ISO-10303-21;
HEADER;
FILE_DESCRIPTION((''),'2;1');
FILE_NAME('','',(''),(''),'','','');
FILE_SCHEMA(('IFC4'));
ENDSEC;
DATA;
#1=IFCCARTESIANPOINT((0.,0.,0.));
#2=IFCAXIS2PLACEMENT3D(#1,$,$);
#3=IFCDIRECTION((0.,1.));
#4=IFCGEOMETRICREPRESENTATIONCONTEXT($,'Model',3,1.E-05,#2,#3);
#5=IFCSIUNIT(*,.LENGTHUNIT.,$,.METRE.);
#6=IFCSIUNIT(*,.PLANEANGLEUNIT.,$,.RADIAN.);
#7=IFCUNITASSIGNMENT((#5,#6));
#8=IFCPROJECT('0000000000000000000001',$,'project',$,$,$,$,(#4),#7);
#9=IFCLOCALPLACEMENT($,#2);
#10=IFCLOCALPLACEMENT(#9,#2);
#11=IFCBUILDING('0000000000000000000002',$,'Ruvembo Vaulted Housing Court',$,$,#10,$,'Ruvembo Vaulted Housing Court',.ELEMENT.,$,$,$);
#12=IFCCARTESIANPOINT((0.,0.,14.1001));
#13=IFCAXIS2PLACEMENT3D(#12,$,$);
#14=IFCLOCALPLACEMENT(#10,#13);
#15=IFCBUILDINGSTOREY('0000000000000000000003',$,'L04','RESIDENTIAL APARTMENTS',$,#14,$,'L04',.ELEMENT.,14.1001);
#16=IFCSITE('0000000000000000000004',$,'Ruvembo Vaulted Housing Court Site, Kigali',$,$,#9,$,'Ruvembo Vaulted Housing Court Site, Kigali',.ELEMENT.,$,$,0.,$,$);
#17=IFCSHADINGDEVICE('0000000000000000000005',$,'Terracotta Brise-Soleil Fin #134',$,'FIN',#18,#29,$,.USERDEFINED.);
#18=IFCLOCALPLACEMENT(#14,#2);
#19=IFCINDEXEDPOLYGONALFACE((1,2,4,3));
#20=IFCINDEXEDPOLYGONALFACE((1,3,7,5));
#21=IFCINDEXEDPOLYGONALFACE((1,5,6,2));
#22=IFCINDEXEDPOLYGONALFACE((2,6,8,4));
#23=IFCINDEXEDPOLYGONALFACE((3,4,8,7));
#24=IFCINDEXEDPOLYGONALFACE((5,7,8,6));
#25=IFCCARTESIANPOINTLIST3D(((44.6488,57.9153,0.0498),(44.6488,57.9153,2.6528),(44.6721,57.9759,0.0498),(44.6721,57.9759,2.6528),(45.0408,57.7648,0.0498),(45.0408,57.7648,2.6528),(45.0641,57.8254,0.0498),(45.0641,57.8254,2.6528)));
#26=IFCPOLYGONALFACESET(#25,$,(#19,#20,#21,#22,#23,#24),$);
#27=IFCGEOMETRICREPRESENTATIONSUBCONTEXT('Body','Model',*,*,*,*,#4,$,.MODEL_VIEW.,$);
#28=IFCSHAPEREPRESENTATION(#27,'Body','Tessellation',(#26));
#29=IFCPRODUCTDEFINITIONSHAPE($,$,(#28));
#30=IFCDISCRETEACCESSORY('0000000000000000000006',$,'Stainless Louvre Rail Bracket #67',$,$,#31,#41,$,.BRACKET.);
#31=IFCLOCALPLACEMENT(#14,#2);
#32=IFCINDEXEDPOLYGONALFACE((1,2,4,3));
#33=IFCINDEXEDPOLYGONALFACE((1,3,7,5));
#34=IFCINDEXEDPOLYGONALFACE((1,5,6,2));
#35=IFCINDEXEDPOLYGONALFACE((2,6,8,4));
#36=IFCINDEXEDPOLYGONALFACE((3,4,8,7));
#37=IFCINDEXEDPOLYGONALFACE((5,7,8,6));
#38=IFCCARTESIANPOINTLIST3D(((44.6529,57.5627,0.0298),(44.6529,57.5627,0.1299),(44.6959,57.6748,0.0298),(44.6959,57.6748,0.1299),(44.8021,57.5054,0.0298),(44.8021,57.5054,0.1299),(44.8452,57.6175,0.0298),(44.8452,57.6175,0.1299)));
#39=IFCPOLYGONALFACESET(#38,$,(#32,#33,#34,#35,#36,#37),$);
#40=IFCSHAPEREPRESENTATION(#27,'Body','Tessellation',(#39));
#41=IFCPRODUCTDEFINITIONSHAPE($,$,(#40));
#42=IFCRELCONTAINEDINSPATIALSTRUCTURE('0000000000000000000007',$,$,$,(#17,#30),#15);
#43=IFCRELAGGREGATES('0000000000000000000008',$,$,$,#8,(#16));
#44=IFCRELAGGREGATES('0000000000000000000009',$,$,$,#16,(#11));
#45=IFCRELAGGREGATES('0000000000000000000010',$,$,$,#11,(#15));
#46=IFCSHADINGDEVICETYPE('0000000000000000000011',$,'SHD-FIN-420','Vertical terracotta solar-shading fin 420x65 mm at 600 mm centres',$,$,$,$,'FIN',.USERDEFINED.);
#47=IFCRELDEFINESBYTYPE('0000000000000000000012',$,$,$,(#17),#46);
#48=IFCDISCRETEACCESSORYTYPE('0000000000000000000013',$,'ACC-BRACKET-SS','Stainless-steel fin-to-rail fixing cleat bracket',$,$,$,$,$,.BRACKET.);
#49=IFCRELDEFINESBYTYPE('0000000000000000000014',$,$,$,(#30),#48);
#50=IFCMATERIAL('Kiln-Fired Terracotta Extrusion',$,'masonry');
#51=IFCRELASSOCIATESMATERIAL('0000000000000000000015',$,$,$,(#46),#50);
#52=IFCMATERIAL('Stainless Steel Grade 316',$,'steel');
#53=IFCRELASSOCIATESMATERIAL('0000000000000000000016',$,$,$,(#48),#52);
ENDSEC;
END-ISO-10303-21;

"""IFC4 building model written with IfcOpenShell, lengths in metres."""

from ifc_helpers import new_model, si_unit, direction, frame, origin, origin_2d, place, context, subcontext, project, spatial, rectangle, extrude, material, type_object, element, save


model = new_model("IFC4")

# Units and contexts
model_context = context("Model", 3, precision=1e-05, world=origin(), true_north=direction((0.0, 1.0)))
body_context = subcontext(model_context, "Body", "Model", "MODEL_VIEW")
ifc_project = project(units=[si_unit("LENGTHUNIT", "METRE"), si_unit("PLANEANGLEUNIT", "RADIAN")], contexts=[model_context])

# Site, building, storey
site_placement = place(None, origin())
site = spatial("IfcSite", under=ifc_project, at=site_placement, Name="Ruvembo Vaulted Housing Court Site, Kigali", LongName="Ruvembo Vaulted Housing Court Site, Kigali", CompositionType="ELEMENT", RefElevation=0.0)
building_placement = place(site_placement, origin())
building = spatial("IfcBuilding", under=site, at=building_placement, Name="Ruvembo Vaulted Housing Court", LongName="Ruvembo Vaulted Housing Court", CompositionType="ELEMENT")
storey_placement = place(building_placement, frame((0.0, 0.0, 14.1001)))
storey = spatial("IfcBuildingStorey", under=building, at=storey_placement, Name="L04", Description="RESIDENTIAL APARTMENTS", LongName="L04", CompositionType="ELEMENT", Elevation=14.1001)

# Shading device
ifc_material_1 = material(Name="Kiln-Fired Terracotta Extrusion", Category="masonry")
shading_device_type = type_object("IfcShadingDeviceType", Name="SHD-FIN-420", Description="Vertical terracotta solar-shading fin 420x65 mm at 600 mm centres", ElementType="FIN", PredefinedType="USERDEFINED", material=ifc_material_1)
for number, where, z_axis, x_axis, name in (
    (1, (44.8564, 57.8704, 0.0498), (0.0, 0.0, 1.0), (0.933568, -0.358401, 0.0), "Terracotta Brise-Soleil Fin #134"),
):
    element("IfcShadingDevice", number, at=place(storey_placement, frame(where, z_axis=z_axis, x_axis=x_axis)), inside=storey, type_object=shading_device_type, Name=name, ObjectType="FIN", PredefinedType="USERDEFINED", context=body_context, shape_type="SweptSolid", body=[
        extrude(rectangle(XDim=0.4199, YDim=0.0649, at=origin_2d()), origin(), (0.0, 0.0, 1.0), 2.603),
    ])

# Discrete accessory
ifc_material_2 = material(Name="Stainless Steel Grade 316", Category="steel")
discrete_accessory_type = type_object("IfcDiscreteAccessoryType", Name="ACC-BRACKET-SS", Description="Stainless-steel fin-to-rail fixing cleat bracket", PredefinedType="BRACKET", material=ifc_material_2)
discrete_accessory_placement = place(storey_placement, frame((44.749, 57.5901, 0.0298), z_axis=(0.0, 0.0, 1.0), x_axis=(0.933568, -0.358401, 0.0)))
element("IfcDiscreteAccessory", 2, at=discrete_accessory_placement, inside=storey, type_object=discrete_accessory_type, Name="Stainless Louvre Rail Bracket #67", PredefinedType="BRACKET", context=body_context, shape_type="SweptSolid", body=[
    extrude(rectangle(XDim=0.1599, YDim=0.1201, at=origin_2d()), origin(), (0.0, 0.0, 1.0), 0.1001),
])

save(model, "model.ifc")
